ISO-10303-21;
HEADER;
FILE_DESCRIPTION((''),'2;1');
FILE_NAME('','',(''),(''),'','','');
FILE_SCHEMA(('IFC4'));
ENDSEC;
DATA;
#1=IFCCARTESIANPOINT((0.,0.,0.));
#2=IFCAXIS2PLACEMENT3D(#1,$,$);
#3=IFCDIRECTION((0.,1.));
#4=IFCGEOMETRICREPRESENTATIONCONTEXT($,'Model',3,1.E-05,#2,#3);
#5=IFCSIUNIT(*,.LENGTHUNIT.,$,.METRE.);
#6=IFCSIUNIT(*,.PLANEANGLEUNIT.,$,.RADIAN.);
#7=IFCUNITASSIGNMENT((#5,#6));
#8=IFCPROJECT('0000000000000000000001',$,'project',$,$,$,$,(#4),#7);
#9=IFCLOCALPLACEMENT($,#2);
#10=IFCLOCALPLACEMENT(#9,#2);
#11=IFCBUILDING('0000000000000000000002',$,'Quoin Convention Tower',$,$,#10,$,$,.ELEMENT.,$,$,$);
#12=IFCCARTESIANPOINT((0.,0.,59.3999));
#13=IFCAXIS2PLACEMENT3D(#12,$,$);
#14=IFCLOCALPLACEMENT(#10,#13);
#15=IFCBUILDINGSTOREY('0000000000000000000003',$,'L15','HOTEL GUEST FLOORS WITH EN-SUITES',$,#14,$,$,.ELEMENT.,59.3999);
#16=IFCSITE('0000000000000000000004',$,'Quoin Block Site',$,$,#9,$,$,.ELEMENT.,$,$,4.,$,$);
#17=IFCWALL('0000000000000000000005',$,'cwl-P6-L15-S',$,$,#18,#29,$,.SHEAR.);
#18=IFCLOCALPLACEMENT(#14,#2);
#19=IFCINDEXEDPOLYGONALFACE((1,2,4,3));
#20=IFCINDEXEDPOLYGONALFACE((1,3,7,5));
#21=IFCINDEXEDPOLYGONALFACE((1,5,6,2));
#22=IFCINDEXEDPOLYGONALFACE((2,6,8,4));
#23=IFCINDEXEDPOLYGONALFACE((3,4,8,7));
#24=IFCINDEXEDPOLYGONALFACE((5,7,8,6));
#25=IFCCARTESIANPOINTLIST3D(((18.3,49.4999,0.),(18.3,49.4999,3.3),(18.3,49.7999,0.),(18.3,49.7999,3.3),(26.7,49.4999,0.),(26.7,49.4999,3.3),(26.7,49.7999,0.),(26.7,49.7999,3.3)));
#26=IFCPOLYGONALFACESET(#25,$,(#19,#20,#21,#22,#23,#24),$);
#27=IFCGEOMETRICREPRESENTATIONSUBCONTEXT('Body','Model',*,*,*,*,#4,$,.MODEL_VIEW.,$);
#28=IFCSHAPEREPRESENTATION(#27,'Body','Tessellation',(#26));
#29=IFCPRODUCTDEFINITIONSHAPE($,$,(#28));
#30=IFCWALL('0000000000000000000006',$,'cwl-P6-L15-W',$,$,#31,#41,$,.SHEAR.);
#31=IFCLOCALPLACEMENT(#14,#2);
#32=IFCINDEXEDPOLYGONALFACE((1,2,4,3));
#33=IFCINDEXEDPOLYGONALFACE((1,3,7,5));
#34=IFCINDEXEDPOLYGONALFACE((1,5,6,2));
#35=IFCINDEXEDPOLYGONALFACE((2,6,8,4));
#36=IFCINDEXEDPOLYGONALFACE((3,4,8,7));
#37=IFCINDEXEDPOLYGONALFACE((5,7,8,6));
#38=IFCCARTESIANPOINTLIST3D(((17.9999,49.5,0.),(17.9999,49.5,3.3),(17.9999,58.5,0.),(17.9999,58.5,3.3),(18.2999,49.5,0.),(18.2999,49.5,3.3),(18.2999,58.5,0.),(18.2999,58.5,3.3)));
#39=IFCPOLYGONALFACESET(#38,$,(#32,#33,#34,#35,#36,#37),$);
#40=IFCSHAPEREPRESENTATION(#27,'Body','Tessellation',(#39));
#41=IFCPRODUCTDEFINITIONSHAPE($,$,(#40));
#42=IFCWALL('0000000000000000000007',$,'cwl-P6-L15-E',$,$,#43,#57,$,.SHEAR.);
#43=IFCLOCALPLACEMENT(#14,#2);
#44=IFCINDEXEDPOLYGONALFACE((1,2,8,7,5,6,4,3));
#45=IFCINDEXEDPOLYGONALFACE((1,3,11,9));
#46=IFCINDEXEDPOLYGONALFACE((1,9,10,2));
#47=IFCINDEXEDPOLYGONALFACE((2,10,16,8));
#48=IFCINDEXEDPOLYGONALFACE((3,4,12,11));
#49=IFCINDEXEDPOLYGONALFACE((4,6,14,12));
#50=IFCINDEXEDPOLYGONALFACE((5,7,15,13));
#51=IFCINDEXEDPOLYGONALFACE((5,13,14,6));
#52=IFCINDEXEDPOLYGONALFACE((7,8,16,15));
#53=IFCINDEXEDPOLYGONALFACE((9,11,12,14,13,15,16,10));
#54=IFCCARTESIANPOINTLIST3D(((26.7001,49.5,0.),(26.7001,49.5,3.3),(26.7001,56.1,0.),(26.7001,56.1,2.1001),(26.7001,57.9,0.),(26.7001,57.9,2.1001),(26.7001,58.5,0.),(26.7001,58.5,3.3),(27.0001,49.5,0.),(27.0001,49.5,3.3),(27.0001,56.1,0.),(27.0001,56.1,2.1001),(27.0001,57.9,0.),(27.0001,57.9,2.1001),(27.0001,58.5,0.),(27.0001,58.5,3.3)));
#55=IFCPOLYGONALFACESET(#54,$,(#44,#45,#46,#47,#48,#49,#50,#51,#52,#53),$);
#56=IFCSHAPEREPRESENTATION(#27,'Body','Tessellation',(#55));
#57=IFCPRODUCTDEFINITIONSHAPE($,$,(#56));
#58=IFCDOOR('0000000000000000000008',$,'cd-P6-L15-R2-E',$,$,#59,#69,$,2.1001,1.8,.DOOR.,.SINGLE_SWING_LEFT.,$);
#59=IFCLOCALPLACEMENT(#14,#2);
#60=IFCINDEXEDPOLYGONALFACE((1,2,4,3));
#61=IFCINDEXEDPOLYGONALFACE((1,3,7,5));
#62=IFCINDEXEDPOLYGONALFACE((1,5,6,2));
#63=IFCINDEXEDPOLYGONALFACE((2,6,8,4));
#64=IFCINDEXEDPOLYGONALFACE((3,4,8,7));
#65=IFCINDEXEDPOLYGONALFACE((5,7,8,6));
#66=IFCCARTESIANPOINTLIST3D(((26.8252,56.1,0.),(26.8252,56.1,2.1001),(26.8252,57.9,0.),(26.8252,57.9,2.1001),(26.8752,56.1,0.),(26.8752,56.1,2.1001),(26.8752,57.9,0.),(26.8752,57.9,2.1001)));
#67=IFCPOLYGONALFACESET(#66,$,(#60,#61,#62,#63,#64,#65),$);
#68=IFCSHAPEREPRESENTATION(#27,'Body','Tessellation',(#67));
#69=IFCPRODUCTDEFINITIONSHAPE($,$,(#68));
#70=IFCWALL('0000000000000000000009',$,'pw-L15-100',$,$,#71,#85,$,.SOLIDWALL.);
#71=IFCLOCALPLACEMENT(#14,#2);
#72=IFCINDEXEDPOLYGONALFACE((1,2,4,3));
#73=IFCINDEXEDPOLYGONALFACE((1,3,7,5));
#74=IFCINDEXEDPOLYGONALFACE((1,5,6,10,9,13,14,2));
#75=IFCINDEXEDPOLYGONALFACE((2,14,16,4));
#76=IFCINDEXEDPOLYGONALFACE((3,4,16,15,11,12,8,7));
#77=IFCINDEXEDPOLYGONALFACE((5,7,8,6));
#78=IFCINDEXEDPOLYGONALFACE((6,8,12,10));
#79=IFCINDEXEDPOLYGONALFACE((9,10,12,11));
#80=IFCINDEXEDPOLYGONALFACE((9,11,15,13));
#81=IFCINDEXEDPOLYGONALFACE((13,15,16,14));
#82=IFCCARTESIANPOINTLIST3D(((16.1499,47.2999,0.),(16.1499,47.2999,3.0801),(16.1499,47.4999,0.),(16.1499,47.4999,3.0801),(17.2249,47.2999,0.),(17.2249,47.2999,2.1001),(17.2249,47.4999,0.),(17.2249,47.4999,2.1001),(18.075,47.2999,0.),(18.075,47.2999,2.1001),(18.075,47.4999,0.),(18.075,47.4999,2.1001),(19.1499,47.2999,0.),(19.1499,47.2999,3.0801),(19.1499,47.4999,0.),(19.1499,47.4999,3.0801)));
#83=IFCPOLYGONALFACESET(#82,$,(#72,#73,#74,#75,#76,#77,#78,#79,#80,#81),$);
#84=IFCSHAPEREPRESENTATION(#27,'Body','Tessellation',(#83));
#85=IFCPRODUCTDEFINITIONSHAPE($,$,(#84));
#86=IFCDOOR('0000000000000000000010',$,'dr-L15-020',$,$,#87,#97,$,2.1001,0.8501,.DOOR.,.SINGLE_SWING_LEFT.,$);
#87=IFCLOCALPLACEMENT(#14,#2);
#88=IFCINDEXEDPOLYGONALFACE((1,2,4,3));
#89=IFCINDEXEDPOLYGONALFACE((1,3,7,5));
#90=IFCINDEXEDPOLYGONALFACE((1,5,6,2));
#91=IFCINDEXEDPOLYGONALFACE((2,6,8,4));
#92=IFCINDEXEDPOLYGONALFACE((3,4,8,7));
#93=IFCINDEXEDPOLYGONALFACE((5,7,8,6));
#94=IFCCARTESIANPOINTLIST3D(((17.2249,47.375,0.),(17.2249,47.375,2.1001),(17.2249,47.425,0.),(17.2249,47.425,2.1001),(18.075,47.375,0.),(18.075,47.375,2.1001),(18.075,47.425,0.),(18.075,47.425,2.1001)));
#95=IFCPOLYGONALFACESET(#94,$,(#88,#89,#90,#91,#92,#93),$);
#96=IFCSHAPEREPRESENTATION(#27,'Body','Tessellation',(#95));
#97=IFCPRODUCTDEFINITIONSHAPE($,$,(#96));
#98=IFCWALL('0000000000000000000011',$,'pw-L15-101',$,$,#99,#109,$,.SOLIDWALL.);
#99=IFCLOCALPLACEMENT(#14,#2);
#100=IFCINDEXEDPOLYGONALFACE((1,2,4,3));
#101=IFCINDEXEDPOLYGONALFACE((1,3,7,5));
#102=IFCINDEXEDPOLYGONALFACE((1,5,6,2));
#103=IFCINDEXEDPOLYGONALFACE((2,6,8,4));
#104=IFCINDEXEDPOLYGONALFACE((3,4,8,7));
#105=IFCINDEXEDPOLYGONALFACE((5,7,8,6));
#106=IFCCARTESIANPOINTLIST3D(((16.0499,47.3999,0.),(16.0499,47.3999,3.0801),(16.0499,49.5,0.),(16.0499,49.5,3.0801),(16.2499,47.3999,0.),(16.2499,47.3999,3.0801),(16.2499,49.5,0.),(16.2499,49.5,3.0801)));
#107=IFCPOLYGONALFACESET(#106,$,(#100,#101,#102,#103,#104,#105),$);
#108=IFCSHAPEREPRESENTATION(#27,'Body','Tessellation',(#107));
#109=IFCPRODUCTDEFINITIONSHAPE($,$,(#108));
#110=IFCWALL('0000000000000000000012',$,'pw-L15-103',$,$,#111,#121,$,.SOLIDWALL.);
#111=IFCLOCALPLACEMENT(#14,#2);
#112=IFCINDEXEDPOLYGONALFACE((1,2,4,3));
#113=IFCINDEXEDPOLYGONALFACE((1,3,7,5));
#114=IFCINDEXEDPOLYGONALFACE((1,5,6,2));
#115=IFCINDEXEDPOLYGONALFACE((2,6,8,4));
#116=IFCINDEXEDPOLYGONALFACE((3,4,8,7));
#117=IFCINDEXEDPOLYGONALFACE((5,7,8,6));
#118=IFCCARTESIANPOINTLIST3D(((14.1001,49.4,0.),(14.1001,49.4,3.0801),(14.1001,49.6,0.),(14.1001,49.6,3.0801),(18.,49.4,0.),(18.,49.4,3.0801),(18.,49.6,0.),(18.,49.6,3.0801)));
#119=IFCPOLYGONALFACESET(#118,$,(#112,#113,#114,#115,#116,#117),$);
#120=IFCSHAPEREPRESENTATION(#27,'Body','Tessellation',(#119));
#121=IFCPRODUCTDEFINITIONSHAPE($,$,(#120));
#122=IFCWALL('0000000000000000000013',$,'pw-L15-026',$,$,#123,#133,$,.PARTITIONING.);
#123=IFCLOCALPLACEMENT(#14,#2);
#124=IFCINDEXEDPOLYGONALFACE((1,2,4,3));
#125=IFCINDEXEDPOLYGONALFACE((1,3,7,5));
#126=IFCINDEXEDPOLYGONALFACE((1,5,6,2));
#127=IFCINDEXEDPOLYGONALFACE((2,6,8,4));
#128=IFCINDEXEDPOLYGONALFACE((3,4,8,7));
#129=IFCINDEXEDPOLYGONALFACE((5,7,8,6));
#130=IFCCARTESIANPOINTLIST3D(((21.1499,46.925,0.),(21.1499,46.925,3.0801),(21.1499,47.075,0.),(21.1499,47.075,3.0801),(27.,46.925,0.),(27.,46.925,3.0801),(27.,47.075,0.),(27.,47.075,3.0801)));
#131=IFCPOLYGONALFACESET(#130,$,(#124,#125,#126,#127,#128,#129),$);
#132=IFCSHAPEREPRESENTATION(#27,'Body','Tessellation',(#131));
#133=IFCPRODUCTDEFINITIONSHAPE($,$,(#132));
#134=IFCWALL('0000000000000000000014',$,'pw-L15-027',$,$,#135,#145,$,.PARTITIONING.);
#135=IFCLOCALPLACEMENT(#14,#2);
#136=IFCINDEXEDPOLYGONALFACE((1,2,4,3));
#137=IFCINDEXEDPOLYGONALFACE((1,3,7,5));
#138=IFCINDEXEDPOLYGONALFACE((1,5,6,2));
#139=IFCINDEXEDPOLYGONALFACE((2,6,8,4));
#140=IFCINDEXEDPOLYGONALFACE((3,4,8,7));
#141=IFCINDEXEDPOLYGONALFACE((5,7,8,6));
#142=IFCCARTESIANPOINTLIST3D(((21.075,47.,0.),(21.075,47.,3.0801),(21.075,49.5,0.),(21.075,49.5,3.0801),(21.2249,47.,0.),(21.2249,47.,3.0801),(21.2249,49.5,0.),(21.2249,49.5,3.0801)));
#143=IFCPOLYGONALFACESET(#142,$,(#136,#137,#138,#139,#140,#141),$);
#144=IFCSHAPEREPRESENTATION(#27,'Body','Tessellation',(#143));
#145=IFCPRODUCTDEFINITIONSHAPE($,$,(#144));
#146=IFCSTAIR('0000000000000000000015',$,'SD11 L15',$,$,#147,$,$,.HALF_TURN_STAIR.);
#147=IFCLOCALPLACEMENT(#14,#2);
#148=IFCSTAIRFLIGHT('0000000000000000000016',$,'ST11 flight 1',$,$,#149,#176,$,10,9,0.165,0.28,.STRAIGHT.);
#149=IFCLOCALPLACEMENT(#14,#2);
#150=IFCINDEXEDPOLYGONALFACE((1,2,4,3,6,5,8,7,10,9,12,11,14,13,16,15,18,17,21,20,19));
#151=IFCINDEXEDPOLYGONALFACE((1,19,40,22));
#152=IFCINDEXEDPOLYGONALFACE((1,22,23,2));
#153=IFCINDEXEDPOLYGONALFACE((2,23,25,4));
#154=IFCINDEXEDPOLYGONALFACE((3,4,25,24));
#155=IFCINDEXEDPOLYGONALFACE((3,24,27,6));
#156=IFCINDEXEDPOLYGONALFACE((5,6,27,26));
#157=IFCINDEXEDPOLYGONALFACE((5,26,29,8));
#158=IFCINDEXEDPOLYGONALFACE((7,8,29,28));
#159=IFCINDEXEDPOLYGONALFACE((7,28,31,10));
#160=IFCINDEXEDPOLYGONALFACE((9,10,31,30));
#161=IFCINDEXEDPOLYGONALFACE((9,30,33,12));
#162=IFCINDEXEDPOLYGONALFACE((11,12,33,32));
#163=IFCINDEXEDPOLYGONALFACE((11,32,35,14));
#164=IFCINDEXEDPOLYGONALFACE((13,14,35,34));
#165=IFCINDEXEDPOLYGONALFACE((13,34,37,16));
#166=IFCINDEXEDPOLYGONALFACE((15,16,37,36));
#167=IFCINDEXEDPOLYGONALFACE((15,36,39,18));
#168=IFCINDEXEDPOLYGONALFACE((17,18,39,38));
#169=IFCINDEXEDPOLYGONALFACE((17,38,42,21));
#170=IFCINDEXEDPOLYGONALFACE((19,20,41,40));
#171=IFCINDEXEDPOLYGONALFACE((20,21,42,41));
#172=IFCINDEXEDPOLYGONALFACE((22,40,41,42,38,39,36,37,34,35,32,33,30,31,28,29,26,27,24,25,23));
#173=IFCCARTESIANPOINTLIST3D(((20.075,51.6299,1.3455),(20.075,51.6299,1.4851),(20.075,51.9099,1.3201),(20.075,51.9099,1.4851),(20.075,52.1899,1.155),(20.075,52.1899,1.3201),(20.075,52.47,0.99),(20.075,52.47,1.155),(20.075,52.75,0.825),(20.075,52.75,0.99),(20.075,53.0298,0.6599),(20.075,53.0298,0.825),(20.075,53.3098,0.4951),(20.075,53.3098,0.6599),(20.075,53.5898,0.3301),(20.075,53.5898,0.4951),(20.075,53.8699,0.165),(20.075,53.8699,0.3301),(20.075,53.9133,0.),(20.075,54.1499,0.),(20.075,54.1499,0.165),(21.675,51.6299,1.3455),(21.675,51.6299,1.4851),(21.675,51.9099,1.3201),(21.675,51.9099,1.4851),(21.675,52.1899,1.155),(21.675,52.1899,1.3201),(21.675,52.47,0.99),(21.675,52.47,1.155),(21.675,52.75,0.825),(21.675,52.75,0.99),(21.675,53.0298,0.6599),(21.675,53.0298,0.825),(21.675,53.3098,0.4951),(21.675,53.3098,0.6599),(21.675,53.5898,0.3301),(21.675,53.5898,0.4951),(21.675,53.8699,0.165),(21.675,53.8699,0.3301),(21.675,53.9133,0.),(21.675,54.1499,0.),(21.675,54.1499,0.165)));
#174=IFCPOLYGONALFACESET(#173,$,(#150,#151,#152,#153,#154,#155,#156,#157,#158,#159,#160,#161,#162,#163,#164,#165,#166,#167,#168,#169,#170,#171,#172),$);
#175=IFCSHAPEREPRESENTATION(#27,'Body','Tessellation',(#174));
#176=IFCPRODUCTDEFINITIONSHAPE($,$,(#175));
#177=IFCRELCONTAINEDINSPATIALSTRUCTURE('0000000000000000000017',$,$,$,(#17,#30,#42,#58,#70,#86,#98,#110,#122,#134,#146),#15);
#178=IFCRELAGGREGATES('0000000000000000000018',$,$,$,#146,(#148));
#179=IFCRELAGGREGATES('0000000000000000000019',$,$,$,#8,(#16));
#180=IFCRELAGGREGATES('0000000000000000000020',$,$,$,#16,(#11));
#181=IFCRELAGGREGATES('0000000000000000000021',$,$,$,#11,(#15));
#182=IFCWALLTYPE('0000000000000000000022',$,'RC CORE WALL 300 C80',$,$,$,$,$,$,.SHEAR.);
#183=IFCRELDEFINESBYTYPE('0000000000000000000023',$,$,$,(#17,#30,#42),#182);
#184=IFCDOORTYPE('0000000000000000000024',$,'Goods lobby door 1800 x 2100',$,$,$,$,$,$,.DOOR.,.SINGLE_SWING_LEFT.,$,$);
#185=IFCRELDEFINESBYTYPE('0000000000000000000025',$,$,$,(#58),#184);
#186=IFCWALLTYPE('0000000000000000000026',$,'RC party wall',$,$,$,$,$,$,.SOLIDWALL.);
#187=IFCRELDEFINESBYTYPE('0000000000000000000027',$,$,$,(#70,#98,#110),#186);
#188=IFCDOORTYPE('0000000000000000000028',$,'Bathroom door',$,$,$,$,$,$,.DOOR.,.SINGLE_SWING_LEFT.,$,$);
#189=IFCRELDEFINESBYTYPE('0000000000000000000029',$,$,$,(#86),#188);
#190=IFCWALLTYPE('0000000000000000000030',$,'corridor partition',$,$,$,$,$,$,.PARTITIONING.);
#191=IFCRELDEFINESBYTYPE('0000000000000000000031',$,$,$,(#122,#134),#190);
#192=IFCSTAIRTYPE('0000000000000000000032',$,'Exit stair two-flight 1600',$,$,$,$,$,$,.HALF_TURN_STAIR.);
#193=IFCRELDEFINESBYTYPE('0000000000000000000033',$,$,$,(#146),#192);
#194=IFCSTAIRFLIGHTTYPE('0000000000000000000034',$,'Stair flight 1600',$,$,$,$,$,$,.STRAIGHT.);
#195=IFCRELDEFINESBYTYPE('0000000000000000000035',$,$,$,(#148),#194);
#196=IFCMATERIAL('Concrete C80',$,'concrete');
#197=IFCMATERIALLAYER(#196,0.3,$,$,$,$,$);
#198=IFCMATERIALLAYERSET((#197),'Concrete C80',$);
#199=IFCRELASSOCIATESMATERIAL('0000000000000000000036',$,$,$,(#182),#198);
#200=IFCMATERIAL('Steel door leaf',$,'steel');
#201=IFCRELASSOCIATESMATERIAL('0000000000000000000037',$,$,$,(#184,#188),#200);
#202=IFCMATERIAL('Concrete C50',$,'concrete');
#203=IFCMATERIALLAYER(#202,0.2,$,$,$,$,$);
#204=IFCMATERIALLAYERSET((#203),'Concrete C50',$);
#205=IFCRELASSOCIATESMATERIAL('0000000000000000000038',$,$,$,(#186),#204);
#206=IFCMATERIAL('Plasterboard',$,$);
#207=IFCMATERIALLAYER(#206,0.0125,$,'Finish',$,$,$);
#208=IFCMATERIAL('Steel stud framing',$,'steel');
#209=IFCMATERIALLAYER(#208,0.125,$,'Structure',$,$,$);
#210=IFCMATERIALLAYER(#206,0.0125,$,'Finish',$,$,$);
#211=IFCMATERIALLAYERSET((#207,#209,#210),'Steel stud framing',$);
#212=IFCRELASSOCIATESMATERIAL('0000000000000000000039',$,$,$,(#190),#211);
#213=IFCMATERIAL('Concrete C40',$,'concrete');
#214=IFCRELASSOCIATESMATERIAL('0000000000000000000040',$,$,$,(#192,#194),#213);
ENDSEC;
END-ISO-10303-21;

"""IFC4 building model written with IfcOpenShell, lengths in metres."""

from ifc_helpers import new_model, si_unit, direction, frame, frame_2d, origin, place, context, subcontext, project, spatial, polyline, rectangle, outline, extrude, material, layer, layer_set, type_object, element, fill, aggregate, save


model = new_model("IFC4")

# Units and contexts
model_context = context("Model", 3, precision=1e-05, world=origin(), true_north=direction((0.0, 1.0)))
body_context = subcontext(model_context, "Body", "Model", "MODEL_VIEW")
ifc_project = project(units=[si_unit("LENGTHUNIT", "METRE"), si_unit("PLANEANGLEUNIT", "RADIAN")], contexts=[model_context])

# Site, building, storey
site_placement = place(None, origin())
site = spatial("IfcSite", under=ifc_project, at=site_placement, Name="Quoin Block Site", CompositionType="ELEMENT", RefElevation=4.0)
building_placement = place(site_placement, origin())
building = spatial("IfcBuilding", under=site, at=building_placement, Name="Quoin Convention Tower", CompositionType="ELEMENT")
storey_placement = place(building_placement, frame((0.0, 0.0, 59.3999)))
storey = spatial("IfcBuildingStorey", under=building, at=storey_placement, Name="L15", Description="HOTEL GUEST FLOORS WITH EN-SUITES", CompositionType="ELEMENT", Elevation=59.3999)

# Shared definitions
ifc_material_1 = material(Name="Concrete C80", Category="concrete")

# Shared definitions
ifc_material_2 = material(Name="Concrete C50", Category="concrete")

# Shared definitions
ifc_material_3 = material(Name="Steel door leaf", Category="steel")

# Shared definitions
ifc_layer_1 = layer(ifc_material_1, 0.3)
ifc_layer_set_1 = layer_set([ifc_layer_1], Name="Concrete C80")
wall_type_1 = type_object("IfcWallType", Name="RC CORE WALL 300 C80", PredefinedType="SHEAR", material=ifc_layer_set_1)

# Walls
wall_1_placement = place(storey_placement, frame((18.3, 49.6499, 0.0), z_axis=(0.0, 0.0, 1.0), x_axis=(1.0, 0.0, 0.0)))
element("IfcWall", 1, at=wall_1_placement, inside=storey, type_object=wall_type_1, Name="cwl-P6-L15-S", PredefinedType="SHEAR", context=body_context, shape_type="SweptSolid", body=[
    extrude(rectangle(XDim=8.3999, YDim=0.3, at=frame_2d((4.2, 0.0))), origin(), (0.0, 0.0, 1.0), 3.3),
])
wall_2_placement = place(storey_placement, frame((18.1499, 49.5, 0.0), z_axis=(0.0, 0.0, 1.0), x_axis=(0.0, 1.0, 0.0)))
element("IfcWall", 2, at=wall_2_placement, inside=storey, type_object=wall_type_1, Name="cwl-P6-L15-W", PredefinedType="SHEAR", context=body_context, shape_type="SweptSolid", body=[
    extrude(rectangle(XDim=9.0, YDim=0.3, at=frame_2d((4.5, 0.0))), origin(), (0.0, 0.0, 1.0), 3.3),
])

# Walls, openings, doors
wall_3_placement = place(storey_placement, frame((26.8501, 49.5, 0.0), z_axis=(0.0, 0.0, 1.0), x_axis=(0.0, 1.0, 0.0)))
wall_3 = element("IfcWall", 3, at=wall_3_placement, inside=storey, type_object=wall_type_1, Name="cwl-P6-L15-E", PredefinedType="SHEAR", context=body_context, shape_type="SweptSolid", body=[
    extrude(rectangle(XDim=9.0, YDim=0.3, at=frame_2d((4.5, 0.0))), origin(), (0.0, 0.0, 1.0), 3.3),
])
opening_1_placement = place(wall_3_placement, frame((6.6001, 0.0, 0.0)))
opening_1 = element("IfcOpeningElement", 4, at=opening_1_placement, cuts=wall_3, PredefinedType="OPENING", context=body_context, shape_type="SweptSolid", body=[
    extrude(rectangle(XDim=1.8, YDim=2.1001, at=frame_2d((0.8999, 1.05))), frame((0.0, 0.1599, 0.0), z_axis=(0.0, -1.0, 0.0), x_axis=(1.0, 0.0, 0.0)), (0.0, 0.0, 1.0), 0.3201),
])
door_type_1 = type_object("IfcDoorType", Name="Goods lobby door 1800 x 2100", OperationType="SINGLE_SWING_LEFT", PredefinedType="DOOR", material=ifc_material_3)
door_1_placement = place(opening_1_placement, origin())
door_1 = element("IfcDoor", 5, at=door_1_placement, inside=storey, type_object=door_type_1, Name="cd-P6-L15-R2-E", OperationType="SINGLE_SWING_LEFT", OverallHeight=2.1001, OverallWidth=1.8, PredefinedType="DOOR", context=body_context, shape_type="SweptSolid", body=[
    extrude(rectangle(XDim=1.8, YDim=2.1001, at=frame_2d((0.8999, 1.05))), frame((0.0, 0.0249, 0.0), z_axis=(0.0, -1.0, 0.0), x_axis=(1.0, 0.0, 0.0)), (0.0, 0.0, 1.0), 0.05),
])
fill(opening_1, door_1)
ifc_layer_2 = layer(ifc_material_2, 0.2)
ifc_layer_set_2 = layer_set([ifc_layer_2], Name="Concrete C50")
wall_type_2 = type_object("IfcWallType", Name="RC party wall", PredefinedType="SOLIDWALL", material=ifc_layer_set_2)
wall_4_placement = place(storey_placement, frame((16.1499, 47.3999, 0.0), z_axis=(0.0, 0.0, 1.0), x_axis=(1.0, 0.0, 0.0)))
wall_4 = element("IfcWall", 6, at=wall_4_placement, inside=storey, type_object=wall_type_2, Name="pw-L15-100", PredefinedType="SOLIDWALL", context=body_context, shape_type="SweptSolid", body=[
    extrude(rectangle(XDim=3.0, YDim=0.2, at=frame_2d((1.5, 0.0))), origin(), (0.0, 0.0, 1.0), 3.0801),
])
opening_2_placement = place(wall_4_placement, frame((1.075, 0.0, 0.0)))
opening_2 = element("IfcOpeningElement", 7, at=opening_2_placement, cuts=wall_4, PredefinedType="OPENING", context=body_context, shape_type="SweptSolid", body=[
    extrude(rectangle(XDim=0.8501, YDim=2.1001, at=frame_2d((0.425, 1.05))), frame((0.0, 0.1099, 0.0), z_axis=(0.0, -1.0, 0.0), x_axis=(1.0, 0.0, 0.0)), (0.0, 0.0, 1.0), 0.22),
])
door_type_2 = type_object("IfcDoorType", Name="Bathroom door", OperationType="SINGLE_SWING_LEFT", PredefinedType="DOOR", material=ifc_material_3)
door_2_placement = place(opening_2_placement, frame((0.8501, 0.0, 0.0), z_axis=(0.0, 0.0, 1.0), x_axis=(-1.0, 0.0, 0.0)))
door_2 = element("IfcDoor", 8, at=door_2_placement, inside=storey, type_object=door_type_2, Name="dr-L15-020", OperationType="SINGLE_SWING_LEFT", OverallHeight=2.1001, OverallWidth=0.8501, PredefinedType="DOOR", context=body_context, shape_type="SweptSolid", body=[
    extrude(rectangle(XDim=0.8501, YDim=2.1001, at=frame_2d((0.425, 1.05))), frame((0.0, 0.0249, 0.0), z_axis=(0.0, -1.0, 0.0), x_axis=(1.0, 0.0, 0.0)), (0.0, 0.0, 1.0), 0.05),
])
fill(opening_2, door_2)

# Walls
wall_5_placement = place(storey_placement, frame((16.1499, 47.3999, 0.0), z_axis=(0.0, 0.0, 1.0), x_axis=(0.0, 1.0, 0.0)))
element("IfcWall", 9, at=wall_5_placement, inside=storey, type_object=wall_type_2, Name="pw-L15-101", PredefinedType="SOLIDWALL", context=body_context, shape_type="SweptSolid", body=[
    extrude(rectangle(XDim=2.1001, YDim=0.2, at=frame_2d((1.05, 0.0))), origin(), (0.0, 0.0, 1.0), 3.0801),
])
wall_6_placement = place(storey_placement, frame((14.1001, 49.5, 0.0), z_axis=(0.0, 0.0, 1.0), x_axis=(1.0, 0.0, 0.0)))
element("IfcWall", 10, at=wall_6_placement, inside=storey, type_object=wall_type_2, Name="pw-L15-103", PredefinedType="SOLIDWALL", context=body_context, shape_type="SweptSolid", body=[
    extrude(rectangle(XDim=3.8999, YDim=0.2, at=frame_2d((1.95, 0.0))), origin(), (0.0, 0.0, 1.0), 3.0801),
])
ifc_material_4 = material(Name="Plasterboard")
ifc_layer_3 = layer(ifc_material_4, 0.0125, Name="Finish")
ifc_material_5 = material(Name="Steel stud framing", Category="steel")
ifc_layer_4 = layer(ifc_material_5, 0.125, Name="Structure")
ifc_layer_5 = layer(ifc_material_4, 0.0125, Name="Finish")
ifc_layer_set_3 = layer_set([ifc_layer_3, ifc_layer_4, ifc_layer_5], Name="Steel stud framing")
wall_type_3 = type_object("IfcWallType", Name="corridor partition", PredefinedType="PARTITIONING", material=ifc_layer_set_3)
wall_7_placement = place(storey_placement, frame((21.1499, 47.0, 0.0), z_axis=(0.0, 0.0, 1.0), x_axis=(1.0, 0.0, 0.0)))
element("IfcWall", 11, at=wall_7_placement, inside=storey, type_object=wall_type_3, Name="pw-L15-026", PredefinedType="PARTITIONING", context=body_context, shape_type="SweptSolid", body=[
    extrude(rectangle(XDim=5.8501, YDim=0.1499, at=frame_2d((2.925, 0.0))), origin(), (0.0, 0.0, 1.0), 3.0801),
])
wall_8_placement = place(storey_placement, frame((21.1499, 47.0, 0.0), z_axis=(0.0, 0.0, 1.0), x_axis=(0.0, 1.0, 0.0)))
element("IfcWall", 12, at=wall_8_placement, inside=storey, type_object=wall_type_3, Name="pw-L15-027", PredefinedType="PARTITIONING", context=body_context, shape_type="SweptSolid", body=[
    extrude(rectangle(XDim=2.5, YDim=0.1499, at=frame_2d((1.25, 0.0))), origin(), (0.0, 0.0, 1.0), 3.0801),
])

# Stair, stair flight
ifc_material_6 = material(Name="Concrete C40", Category="concrete")
stair_type = type_object("IfcStairType", Name="Exit stair two-flight 1600", PredefinedType="HALF_TURN_STAIR", material=ifc_material_6)
stair_1_placement = place(storey_placement, origin())
stair_1 = element("IfcStair", 13, at=stair_1_placement, inside=storey, type_object=stair_type, Name="SD11 L15", PredefinedType="HALF_TURN_STAIR")
stair_flight_type = type_object("IfcStairFlightType", Name="Stair flight 1600", PredefinedType="STRAIGHT", material=ifc_material_6)
stair_flight_1_placement = place(storey_placement, frame((20.875, 54.1499, 0.0), z_axis=(0.0, 0.0, 1.0), x_axis=(0.0, -1.0, 0.0)))
stair_flight_1 = element("IfcStairFlight", 14, at=stair_flight_1_placement, type_object=stair_flight_type, Name="ST11 flight 1", NumberOfRisers=10, NumberOfTreads=9, PredefinedType="STRAIGHT", RiserHeight=0.165, TreadLength=0.28, context=body_context, shape_type="SweptSolid", body=[
    extrude(outline(polyline([(0.0, 0.0), (0.0, 0.165), (0.28, 0.165), (0.28, 0.3301), (0.5601, 0.3301), (0.5601, 0.4951), (0.8401, 0.4951), (0.8401, 0.6599), (1.1201, 0.6599), (1.1201, 0.825), (1.3999, 0.825), (1.3999, 0.99), (1.6799, 0.99), (1.6799, 1.155), (1.96, 1.155), (1.96, 1.3201), (2.24, 1.3201), (2.24, 1.4851), (2.52, 1.4851), (2.52, 1.6499), (2.52, 1.3455), (0.2366, 0.0), (0.0, 0.0)])), frame((0.0, 0.8, 0.0), z_axis=(0.0, -1.0, 0.0), x_axis=(1.0, 0.0, 0.0)), (0.0, 0.0, 1.0), 1.6001),
])
aggregate(stair_1, [stair_flight_1])

save(model, "model.ifc")
